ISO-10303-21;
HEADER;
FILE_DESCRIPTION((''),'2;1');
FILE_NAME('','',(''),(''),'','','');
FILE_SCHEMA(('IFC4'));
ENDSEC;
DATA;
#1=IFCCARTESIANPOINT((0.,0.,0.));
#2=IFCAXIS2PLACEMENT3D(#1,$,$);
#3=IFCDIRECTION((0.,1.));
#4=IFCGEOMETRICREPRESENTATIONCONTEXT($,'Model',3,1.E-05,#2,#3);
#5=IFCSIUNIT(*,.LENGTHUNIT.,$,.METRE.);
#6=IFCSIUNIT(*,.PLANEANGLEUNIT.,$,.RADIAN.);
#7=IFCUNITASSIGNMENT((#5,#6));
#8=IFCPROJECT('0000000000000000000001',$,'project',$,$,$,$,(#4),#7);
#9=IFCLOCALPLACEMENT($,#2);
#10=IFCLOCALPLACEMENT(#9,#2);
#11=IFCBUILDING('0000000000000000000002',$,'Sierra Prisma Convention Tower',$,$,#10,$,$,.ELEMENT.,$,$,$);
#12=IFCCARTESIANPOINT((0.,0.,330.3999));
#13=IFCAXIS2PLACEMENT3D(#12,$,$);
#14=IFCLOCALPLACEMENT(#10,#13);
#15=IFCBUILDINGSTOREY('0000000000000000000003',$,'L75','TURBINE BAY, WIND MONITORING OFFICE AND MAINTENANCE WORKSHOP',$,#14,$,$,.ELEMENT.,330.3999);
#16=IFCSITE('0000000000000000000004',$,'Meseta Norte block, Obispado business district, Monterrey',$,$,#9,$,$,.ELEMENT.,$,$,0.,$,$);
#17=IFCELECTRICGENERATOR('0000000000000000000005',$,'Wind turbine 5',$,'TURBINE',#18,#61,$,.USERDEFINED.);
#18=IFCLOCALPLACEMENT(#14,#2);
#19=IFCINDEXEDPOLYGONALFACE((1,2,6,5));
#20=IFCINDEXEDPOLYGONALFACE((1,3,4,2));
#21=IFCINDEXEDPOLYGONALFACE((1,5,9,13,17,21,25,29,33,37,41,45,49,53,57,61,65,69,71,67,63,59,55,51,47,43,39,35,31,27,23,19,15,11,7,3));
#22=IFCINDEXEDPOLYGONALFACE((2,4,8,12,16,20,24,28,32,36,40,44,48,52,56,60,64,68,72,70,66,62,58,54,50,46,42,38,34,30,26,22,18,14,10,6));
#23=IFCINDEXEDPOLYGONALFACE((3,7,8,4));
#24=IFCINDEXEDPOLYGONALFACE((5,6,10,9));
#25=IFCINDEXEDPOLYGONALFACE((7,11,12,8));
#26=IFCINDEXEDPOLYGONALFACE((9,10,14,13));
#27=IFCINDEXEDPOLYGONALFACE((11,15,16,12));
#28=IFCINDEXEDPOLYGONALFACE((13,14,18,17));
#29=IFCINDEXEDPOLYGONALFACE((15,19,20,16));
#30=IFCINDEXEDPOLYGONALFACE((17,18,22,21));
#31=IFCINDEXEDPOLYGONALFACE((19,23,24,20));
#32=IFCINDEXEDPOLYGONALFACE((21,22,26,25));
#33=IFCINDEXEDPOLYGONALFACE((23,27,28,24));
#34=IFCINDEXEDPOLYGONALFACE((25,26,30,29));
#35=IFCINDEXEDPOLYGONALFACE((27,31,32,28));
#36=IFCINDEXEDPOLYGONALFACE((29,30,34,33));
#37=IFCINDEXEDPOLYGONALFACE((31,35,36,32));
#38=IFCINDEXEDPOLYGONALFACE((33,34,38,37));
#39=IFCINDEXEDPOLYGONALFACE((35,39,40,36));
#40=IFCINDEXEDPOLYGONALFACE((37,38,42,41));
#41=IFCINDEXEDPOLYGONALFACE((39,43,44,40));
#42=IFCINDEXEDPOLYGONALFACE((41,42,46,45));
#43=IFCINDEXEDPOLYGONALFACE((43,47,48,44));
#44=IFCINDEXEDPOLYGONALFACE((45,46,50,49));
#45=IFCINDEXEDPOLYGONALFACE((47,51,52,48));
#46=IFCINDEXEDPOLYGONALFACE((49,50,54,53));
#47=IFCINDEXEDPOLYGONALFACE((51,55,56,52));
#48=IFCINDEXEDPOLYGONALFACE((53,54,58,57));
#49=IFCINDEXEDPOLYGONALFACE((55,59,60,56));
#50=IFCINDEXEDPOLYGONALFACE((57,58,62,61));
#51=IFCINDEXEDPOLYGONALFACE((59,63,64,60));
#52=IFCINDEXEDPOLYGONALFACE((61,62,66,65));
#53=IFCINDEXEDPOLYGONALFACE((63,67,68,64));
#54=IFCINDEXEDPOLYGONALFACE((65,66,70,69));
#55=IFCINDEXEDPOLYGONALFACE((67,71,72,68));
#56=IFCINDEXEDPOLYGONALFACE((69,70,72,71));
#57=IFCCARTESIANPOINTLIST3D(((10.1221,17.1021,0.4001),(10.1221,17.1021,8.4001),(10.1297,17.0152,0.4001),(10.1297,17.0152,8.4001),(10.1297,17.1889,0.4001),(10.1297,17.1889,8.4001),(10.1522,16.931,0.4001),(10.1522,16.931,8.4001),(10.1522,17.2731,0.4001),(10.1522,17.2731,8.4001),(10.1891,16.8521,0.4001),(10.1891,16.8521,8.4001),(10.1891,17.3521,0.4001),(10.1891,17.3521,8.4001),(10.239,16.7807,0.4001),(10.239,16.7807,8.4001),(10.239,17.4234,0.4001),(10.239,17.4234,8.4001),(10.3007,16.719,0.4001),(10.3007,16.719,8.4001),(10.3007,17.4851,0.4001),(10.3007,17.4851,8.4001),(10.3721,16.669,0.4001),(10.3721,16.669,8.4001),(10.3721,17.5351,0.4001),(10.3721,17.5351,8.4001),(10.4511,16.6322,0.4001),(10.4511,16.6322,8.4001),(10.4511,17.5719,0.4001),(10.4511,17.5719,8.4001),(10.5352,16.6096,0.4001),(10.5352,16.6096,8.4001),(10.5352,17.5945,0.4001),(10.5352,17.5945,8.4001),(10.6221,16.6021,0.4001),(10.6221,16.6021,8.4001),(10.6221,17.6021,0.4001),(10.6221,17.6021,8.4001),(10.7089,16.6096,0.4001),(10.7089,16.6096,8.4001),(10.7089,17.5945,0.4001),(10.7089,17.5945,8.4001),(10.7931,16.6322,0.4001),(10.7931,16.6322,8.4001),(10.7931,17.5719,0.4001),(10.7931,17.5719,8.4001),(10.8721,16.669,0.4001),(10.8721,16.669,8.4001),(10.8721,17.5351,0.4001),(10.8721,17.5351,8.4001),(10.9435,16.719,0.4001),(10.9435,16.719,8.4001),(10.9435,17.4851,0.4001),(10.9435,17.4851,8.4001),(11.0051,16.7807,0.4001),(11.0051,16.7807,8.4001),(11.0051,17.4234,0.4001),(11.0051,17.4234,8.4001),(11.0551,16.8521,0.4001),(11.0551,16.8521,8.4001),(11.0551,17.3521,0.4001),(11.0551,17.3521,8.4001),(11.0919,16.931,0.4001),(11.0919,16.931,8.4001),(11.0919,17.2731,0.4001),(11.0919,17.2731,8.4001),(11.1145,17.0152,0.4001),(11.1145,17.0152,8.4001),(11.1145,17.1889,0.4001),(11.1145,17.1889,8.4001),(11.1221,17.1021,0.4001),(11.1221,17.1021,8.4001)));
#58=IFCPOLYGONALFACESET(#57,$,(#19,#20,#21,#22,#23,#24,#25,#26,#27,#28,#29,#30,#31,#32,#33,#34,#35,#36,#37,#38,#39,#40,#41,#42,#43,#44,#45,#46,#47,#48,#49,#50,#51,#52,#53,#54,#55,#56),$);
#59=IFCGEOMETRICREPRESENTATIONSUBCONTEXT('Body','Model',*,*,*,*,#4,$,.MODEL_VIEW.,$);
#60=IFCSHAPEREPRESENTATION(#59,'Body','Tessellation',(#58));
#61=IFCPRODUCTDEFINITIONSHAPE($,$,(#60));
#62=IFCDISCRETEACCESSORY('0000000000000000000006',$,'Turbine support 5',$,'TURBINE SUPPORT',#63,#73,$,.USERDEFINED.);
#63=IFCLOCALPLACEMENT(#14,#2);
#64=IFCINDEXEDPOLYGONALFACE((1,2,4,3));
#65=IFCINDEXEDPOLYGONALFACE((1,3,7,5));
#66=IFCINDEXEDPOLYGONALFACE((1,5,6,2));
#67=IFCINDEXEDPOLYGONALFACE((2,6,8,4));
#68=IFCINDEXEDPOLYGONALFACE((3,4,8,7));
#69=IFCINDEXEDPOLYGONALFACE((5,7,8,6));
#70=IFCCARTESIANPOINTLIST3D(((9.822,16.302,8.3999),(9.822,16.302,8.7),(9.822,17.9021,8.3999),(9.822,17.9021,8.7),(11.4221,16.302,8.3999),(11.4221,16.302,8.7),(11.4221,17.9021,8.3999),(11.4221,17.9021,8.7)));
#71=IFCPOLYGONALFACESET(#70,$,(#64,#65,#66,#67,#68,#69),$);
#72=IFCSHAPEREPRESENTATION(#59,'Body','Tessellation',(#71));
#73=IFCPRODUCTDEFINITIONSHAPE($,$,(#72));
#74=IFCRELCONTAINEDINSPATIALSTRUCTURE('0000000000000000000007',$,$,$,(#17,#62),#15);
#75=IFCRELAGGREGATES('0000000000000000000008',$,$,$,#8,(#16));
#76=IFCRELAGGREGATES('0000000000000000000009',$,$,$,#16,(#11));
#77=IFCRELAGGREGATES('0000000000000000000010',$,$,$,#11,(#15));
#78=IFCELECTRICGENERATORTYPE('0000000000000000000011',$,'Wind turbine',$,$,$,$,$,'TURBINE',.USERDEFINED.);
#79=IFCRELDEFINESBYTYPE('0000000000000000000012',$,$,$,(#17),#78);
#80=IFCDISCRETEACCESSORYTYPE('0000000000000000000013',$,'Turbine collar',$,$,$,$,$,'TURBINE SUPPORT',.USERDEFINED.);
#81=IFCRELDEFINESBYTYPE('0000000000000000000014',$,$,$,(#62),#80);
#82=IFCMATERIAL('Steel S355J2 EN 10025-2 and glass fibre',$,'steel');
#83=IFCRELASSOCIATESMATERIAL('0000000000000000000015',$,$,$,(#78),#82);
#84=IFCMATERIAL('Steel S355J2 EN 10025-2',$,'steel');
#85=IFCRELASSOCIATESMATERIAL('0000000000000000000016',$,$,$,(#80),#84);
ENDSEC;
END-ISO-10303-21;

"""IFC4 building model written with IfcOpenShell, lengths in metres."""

from ifc_helpers import new_model, si_unit, direction, frame, origin, origin_2d, place, context, subcontext, project, spatial, rectangle, circle, extrude, material, material_profile, profile_set, type_object, element, save


model = new_model("IFC4")

# Units and contexts
model_context = context("Model", 3, precision=1e-05, world=origin(), true_north=direction((0.0, 1.0)))
body_context = subcontext(model_context, "Body", "Model", "MODEL_VIEW")
ifc_project = project(units=[si_unit("LENGTHUNIT", "METRE"), si_unit("PLANEANGLEUNIT", "RADIAN")], contexts=[model_context])

# Site, building, storey
site_placement = place(None, origin())
site = spatial("IfcSite", under=ifc_project, at=site_placement, Name="Meseta Norte block, Obispado business district, Monterrey", CompositionType="ELEMENT", RefElevation=0.0)
building_placement = place(site_placement, origin())
building = spatial("IfcBuilding", under=site, at=building_placement, Name="Sierra Prisma Convention Tower", CompositionType="ELEMENT")
storey_placement = place(building_placement, frame((0.0, 0.0, 330.3999)))
storey = spatial("IfcBuildingStorey", under=building, at=storey_placement, Name="L75", Description="TURBINE BAY, WIND MONITORING OFFICE AND MAINTENANCE WORKSHOP", CompositionType="ELEMENT", Elevation=330.3999)

# Electric generator
ifc_material_1 = material(Name="Steel S355J2 EN 10025-2 and glass fibre", Category="steel")
ifc_material_profile_1 = material_profile(ifc_material_1, circle(Radius=0.5, at=origin_2d()), Name="TURBINE 1000")
ifc_profile_set_1 = profile_set([ifc_material_profile_1], Name="Steel S355J2 EN 10025-2 and glass fibre")
electric_generator_type = type_object("IfcElectricGeneratorType", Name="Wind turbine", ElementType="TURBINE", PredefinedType="USERDEFINED", material=ifc_profile_set_1)
electric_generator_placement = place(storey_placement, frame((10.6221, 17.1021, 0.4001), z_axis=(0.0, 0.0, 1.0), x_axis=(1.0, 0.0, 0.0)))
element("IfcElectricGenerator", 1, at=electric_generator_placement, inside=storey, type_object=electric_generator_type, Name="Wind turbine 5", ObjectType="TURBINE", PredefinedType="USERDEFINED", context=body_context, shape_type="SweptSolid", body=[
    extrude(circle(Radius=0.5, at=origin_2d()), origin(), (0.0, 0.0, 1.0), 8.0),
])

# Discrete accessory
ifc_material_2 = material(Name="Steel S355J2 EN 10025-2", Category="steel")
discrete_accessory_type = type_object("IfcDiscreteAccessoryType", Name="Turbine collar", ElementType="TURBINE SUPPORT", PredefinedType="USERDEFINED", material=ifc_material_2)
discrete_accessory_placement = place(storey_placement, frame((10.6221, 17.1021, 8.3999), z_axis=(0.0, 0.0, 1.0), x_axis=(1.0, 0.0, 0.0)))
element("IfcDiscreteAccessory", 2, at=discrete_accessory_placement, inside=storey, type_object=discrete_accessory_type, Name="Turbine support 5", ObjectType="TURBINE SUPPORT", PredefinedType="USERDEFINED", context=body_context, shape_type="SweptSolid", body=[
    extrude(rectangle(XDim=1.6001, YDim=1.6001, at=origin_2d()), origin(), (0.0, 0.0, 1.0), 0.3),
])

save(model, "model.ifc")
